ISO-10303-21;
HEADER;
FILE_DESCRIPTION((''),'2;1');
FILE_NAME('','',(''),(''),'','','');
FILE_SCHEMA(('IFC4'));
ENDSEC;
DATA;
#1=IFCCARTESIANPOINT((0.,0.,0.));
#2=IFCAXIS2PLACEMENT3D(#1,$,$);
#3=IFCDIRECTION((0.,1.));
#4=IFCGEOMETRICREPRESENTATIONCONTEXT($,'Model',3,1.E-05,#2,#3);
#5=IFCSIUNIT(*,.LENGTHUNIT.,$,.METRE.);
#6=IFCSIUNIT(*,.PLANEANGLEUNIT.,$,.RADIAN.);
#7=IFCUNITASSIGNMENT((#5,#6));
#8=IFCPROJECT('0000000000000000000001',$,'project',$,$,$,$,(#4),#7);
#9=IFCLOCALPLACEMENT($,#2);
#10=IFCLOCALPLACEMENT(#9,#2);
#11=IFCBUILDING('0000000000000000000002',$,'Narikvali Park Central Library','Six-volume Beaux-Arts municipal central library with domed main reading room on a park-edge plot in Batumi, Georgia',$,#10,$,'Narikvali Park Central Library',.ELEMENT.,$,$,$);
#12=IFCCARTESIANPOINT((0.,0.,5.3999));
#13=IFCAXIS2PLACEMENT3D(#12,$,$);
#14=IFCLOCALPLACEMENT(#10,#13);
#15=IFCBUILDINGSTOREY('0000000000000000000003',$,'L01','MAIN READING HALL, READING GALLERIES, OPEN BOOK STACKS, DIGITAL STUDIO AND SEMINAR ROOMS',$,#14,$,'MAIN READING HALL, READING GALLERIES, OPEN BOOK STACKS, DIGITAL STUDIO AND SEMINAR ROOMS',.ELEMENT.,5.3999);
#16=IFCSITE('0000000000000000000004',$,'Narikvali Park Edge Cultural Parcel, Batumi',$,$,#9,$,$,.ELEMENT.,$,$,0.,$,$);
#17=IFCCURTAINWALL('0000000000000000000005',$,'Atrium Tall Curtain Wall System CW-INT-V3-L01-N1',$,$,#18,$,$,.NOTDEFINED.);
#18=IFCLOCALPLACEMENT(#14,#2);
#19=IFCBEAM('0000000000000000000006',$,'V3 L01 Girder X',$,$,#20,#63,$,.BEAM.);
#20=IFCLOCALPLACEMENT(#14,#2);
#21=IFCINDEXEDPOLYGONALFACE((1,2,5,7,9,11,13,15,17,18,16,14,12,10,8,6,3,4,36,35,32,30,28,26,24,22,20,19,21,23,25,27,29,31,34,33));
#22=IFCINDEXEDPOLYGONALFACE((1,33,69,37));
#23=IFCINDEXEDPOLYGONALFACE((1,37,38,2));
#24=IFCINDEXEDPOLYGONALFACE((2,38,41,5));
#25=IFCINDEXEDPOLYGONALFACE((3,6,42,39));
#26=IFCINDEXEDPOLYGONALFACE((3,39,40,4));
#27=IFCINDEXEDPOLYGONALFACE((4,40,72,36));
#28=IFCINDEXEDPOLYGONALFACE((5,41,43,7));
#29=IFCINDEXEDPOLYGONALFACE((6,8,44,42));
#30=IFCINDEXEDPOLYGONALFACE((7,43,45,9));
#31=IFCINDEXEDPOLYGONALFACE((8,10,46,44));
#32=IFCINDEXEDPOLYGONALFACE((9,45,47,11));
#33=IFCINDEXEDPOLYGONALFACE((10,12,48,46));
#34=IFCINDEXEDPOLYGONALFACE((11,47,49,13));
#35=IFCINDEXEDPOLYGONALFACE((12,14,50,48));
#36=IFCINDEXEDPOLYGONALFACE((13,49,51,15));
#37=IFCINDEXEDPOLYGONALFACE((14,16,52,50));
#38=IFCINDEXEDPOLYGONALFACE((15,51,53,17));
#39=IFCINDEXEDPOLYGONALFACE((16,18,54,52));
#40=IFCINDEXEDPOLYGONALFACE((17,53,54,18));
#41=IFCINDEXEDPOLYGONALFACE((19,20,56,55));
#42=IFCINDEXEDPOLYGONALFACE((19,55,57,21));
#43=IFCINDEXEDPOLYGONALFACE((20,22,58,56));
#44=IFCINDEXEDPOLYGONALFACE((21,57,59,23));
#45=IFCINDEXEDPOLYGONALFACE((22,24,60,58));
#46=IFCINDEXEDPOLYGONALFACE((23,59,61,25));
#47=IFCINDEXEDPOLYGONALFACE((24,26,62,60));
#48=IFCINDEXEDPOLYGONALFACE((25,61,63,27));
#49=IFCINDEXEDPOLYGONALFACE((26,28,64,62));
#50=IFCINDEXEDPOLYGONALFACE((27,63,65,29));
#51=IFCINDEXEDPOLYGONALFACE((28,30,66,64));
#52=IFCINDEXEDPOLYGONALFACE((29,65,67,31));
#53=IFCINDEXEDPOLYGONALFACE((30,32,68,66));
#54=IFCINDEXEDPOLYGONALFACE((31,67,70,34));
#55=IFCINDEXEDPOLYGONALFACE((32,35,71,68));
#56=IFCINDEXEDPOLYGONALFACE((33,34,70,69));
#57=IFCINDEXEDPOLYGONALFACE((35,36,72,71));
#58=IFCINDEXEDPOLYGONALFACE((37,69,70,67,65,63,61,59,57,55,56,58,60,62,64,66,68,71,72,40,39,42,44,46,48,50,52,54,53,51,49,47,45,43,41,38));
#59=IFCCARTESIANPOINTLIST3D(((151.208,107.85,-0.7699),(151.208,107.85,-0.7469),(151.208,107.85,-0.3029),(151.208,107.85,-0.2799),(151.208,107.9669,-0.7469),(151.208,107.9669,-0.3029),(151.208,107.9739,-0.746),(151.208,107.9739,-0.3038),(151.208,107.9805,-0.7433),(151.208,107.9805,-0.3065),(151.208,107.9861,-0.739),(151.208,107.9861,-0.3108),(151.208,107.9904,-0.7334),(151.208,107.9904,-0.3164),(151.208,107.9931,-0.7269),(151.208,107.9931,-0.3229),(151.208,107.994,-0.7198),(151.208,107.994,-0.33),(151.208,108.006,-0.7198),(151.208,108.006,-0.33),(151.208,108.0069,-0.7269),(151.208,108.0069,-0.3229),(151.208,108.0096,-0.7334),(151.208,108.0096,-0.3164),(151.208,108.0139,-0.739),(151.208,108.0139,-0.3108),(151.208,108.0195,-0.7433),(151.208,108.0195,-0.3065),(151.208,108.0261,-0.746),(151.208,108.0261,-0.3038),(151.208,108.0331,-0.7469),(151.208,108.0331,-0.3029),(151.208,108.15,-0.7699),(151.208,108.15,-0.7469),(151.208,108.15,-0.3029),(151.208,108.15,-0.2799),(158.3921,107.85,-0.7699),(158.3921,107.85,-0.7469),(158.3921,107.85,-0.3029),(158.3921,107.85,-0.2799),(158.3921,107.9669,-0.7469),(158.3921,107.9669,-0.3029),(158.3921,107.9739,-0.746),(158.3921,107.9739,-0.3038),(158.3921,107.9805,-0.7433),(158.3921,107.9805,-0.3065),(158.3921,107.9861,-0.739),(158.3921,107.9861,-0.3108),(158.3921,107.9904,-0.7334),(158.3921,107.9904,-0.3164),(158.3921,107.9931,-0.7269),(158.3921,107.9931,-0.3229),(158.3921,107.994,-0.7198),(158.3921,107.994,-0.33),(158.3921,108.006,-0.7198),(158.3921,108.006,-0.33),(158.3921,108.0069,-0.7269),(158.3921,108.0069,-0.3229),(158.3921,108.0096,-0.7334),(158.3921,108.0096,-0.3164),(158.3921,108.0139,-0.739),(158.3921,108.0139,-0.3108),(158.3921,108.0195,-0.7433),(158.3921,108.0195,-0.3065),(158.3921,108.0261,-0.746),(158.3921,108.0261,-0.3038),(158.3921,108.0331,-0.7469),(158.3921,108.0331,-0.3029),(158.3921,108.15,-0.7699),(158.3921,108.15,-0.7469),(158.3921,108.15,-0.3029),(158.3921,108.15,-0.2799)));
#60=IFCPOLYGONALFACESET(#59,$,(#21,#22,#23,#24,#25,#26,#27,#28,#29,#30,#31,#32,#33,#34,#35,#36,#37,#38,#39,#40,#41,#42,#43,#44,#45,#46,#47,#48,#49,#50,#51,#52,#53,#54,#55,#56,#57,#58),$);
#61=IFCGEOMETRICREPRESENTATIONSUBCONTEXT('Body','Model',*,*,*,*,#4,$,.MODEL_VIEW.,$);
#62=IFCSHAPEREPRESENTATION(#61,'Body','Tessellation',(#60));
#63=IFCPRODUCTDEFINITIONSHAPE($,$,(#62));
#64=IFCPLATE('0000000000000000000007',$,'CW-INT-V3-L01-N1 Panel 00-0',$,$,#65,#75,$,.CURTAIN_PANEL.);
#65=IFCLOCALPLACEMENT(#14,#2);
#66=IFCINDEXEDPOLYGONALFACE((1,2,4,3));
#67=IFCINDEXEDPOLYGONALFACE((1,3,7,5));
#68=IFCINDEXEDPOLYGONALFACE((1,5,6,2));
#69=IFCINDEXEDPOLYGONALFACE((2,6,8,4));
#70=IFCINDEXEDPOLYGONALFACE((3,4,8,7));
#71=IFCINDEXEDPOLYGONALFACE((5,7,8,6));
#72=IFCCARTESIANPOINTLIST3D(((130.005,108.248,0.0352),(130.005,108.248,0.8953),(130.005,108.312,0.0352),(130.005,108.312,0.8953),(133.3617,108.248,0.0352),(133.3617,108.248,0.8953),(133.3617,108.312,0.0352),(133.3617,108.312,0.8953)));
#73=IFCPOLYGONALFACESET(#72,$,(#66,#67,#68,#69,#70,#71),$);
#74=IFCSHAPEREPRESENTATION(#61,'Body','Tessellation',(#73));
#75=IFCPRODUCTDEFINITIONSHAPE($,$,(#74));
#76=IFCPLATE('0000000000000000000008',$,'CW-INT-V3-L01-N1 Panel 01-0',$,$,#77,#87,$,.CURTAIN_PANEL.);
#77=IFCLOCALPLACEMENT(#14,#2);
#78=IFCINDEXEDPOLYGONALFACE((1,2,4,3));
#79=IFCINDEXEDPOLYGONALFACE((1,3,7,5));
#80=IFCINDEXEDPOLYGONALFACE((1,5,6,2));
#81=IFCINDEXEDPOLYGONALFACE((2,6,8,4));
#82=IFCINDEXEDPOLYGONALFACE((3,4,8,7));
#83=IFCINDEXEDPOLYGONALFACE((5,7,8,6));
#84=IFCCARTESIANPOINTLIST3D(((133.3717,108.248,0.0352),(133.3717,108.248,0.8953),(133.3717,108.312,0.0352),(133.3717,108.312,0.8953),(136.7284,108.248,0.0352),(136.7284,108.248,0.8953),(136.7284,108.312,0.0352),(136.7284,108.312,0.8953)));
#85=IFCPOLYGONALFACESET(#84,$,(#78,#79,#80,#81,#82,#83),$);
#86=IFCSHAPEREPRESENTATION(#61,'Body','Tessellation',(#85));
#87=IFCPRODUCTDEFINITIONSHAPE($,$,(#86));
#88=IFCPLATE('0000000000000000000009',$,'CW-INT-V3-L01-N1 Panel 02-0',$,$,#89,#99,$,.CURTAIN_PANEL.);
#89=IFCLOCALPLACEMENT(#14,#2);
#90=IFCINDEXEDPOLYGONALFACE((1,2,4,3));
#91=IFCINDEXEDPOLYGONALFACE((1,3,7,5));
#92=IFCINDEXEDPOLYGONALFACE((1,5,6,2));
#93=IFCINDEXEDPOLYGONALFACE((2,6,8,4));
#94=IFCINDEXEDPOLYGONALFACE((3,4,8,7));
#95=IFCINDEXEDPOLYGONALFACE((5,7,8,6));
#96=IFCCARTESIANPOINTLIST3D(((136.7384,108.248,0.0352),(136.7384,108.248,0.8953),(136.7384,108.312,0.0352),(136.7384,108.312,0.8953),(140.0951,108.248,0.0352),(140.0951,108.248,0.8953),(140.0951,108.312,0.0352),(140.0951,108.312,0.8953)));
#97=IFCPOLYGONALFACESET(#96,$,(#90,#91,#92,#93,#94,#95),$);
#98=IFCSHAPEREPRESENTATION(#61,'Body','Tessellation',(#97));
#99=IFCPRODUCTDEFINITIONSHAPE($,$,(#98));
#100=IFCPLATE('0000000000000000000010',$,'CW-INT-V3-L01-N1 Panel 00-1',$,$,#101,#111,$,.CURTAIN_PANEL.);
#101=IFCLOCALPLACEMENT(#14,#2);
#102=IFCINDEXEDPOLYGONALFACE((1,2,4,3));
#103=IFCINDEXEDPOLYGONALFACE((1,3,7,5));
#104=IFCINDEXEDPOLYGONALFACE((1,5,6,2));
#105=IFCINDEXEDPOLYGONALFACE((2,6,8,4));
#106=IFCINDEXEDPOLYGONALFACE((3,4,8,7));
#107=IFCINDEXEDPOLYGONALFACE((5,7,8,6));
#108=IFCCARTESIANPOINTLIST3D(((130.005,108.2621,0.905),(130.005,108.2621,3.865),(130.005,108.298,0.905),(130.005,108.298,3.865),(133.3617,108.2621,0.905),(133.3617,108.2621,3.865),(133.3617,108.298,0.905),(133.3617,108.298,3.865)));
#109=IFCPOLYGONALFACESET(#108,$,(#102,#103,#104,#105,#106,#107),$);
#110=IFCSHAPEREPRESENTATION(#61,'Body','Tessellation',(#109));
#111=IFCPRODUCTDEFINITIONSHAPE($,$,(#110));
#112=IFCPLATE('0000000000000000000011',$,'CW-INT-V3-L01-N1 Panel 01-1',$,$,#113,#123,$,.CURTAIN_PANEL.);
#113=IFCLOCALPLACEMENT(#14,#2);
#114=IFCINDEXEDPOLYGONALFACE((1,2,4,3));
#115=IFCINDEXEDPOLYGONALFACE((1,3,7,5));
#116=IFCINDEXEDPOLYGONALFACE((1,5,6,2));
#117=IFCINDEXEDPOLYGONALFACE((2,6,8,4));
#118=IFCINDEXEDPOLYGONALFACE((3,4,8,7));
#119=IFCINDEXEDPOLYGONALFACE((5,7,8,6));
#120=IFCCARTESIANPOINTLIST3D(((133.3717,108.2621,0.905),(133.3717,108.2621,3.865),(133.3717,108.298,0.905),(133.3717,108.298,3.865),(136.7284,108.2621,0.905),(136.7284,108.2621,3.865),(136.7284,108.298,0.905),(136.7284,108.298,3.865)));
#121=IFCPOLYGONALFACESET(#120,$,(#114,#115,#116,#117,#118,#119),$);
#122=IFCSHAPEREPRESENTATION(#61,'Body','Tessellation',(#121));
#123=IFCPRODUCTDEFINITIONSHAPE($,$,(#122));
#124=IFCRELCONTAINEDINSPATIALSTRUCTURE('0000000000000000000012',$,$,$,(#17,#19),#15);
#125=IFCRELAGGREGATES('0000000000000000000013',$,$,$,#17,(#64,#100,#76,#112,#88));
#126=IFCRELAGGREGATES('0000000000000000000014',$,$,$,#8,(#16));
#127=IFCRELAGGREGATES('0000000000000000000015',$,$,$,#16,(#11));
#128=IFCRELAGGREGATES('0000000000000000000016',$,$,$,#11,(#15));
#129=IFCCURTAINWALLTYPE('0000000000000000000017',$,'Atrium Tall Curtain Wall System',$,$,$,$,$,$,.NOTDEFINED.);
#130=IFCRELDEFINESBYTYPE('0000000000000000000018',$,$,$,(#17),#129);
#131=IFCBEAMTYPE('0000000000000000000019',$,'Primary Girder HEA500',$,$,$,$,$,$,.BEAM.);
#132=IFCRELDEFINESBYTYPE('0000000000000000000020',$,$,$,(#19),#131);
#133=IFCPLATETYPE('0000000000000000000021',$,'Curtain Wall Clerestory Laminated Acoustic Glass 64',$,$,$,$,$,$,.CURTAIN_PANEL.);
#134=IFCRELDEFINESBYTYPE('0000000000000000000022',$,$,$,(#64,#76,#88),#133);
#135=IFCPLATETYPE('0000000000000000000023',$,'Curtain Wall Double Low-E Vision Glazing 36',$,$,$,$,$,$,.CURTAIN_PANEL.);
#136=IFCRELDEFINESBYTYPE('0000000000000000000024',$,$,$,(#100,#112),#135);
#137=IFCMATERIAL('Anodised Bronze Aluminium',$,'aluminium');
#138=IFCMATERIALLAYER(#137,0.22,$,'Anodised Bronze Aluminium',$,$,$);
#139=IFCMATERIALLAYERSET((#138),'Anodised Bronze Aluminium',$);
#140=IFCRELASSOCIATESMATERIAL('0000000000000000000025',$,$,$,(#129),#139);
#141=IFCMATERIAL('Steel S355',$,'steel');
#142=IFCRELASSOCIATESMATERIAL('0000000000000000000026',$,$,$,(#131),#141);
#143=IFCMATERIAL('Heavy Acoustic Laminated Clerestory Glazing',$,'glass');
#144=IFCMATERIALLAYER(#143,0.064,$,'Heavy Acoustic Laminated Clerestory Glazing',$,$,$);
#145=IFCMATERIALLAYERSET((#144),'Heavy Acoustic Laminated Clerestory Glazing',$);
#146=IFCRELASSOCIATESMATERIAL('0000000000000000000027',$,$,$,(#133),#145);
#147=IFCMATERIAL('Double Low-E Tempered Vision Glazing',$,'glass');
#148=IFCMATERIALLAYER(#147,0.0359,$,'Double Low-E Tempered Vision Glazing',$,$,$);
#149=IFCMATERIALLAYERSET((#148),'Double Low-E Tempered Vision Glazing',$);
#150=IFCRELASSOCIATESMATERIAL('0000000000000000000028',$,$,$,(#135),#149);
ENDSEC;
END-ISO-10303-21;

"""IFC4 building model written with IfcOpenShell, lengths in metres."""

from ifc_helpers import new_model, si_unit, direction, frame, origin, origin_2d, place, context, subcontext, project, spatial, rectangle, i_section, extrude, material, layer, layer_set, material_profile, profile_set, type_object, element, aggregate, save


model = new_model("IFC4")

# Units and contexts
model_context = context("Model", 3, precision=1e-05, world=origin(), true_north=direction((0.0, 1.0)))
body_context = subcontext(model_context, "Body", "Model", "MODEL_VIEW")
ifc_project = project(units=[si_unit("LENGTHUNIT", "METRE"), si_unit("PLANEANGLEUNIT", "RADIAN")], contexts=[model_context])

# Site, building, storey
site_placement = place(None, origin())
site = spatial("IfcSite", under=ifc_project, at=site_placement, Name="Narikvali Park Edge Cultural Parcel, Batumi", CompositionType="ELEMENT", RefElevation=0.0)
building_placement = place(site_placement, origin())
building = spatial("IfcBuilding", under=site, at=building_placement, Name="Narikvali Park Central Library", Description="Six-volume Beaux-Arts municipal central library with domed main reading room on a park-edge plot in Batumi, Georgia", LongName="Narikvali Park Central Library", CompositionType="ELEMENT")
storey_placement = place(building_placement, frame((0.0, 0.0, 5.3999)))
storey = spatial("IfcBuildingStorey", under=building, at=storey_placement, Name="L01", Description="MAIN READING HALL, READING GALLERIES, OPEN BOOK STACKS, DIGITAL STUDIO AND SEMINAR ROOMS", LongName="MAIN READING HALL, READING GALLERIES, OPEN BOOK STACKS, DIGITAL STUDIO AND SEMINAR ROOMS", CompositionType="ELEMENT", Elevation=5.3999)

# Shared definitions
ifc_material_1 = material(Name="Steel S355", Category="steel")

# Curtain wall
ifc_material_2 = material(Name="Anodised Bronze Aluminium", Category="aluminium")
ifc_layer_1 = layer(ifc_material_2, 0.22, Name="Anodised Bronze Aluminium")
ifc_layer_set_1 = layer_set([ifc_layer_1], Name="Anodised Bronze Aluminium")
curtain_wall_type = type_object("IfcCurtainWallType", Name="Atrium Tall Curtain Wall System", PredefinedType="NOTDEFINED", material=ifc_layer_set_1)
curtain_wall_1_placement = place(storey_placement, origin())
curtain_wall_1 = element("IfcCurtainWall", 1, at=curtain_wall_1_placement, inside=storey, type_object=curtain_wall_type, Name="Atrium Tall Curtain Wall System CW-INT-V3-L01-N1", PredefinedType="NOTDEFINED")

# Beam
ifc_material_profile_1 = material_profile(ifc_material_1, i_section(OverallWidth=0.3, OverallDepth=0.49, WebThickness=0.012, FlangeThickness=0.0229, FilletRadius=0.0271, at=origin_2d()), Name="HEA 500")
ifc_profile_set_1 = profile_set([ifc_material_profile_1], Name="Steel S355")
beam_type_1 = type_object("IfcBeamType", Name="Primary Girder HEA500", PredefinedType="BEAM", material=ifc_profile_set_1)
for number, where, z_axis, x_axis, name in (
    (2, (151.208, 108.0, -0.5249), (1.0, 0.0, 0.0), (0.0, 1.0, 0.0), "V3 L01 Girder X"),
):
    element("IfcBeam", number, at=place(storey_placement, frame(where, z_axis=z_axis, x_axis=x_axis)), inside=storey, type_object=beam_type_1, Name=name, PredefinedType="BEAM", context=body_context, shape_type="SweptSolid", body=[
        extrude(i_section(OverallWidth=0.3, OverallDepth=0.49, WebThickness=0.012, FlangeThickness=0.0229, FilletRadius=0.0271, at=origin_2d()), origin(), (0.0, 0.0, 1.0), 7.1841),
    ])

# Plates
ifc_material_3 = material(Name="Heavy Acoustic Laminated Clerestory Glazing", Category="glass")
ifc_layer_2 = layer(ifc_material_3, 0.064, Name="Heavy Acoustic Laminated Clerestory Glazing")
ifc_layer_set_2 = layer_set([ifc_layer_2], Name="Heavy Acoustic Laminated Clerestory Glazing")
plate_type_1 = type_object("IfcPlateType", Name="Curtain Wall Clerestory Laminated Acoustic Glass 64", PredefinedType="CURTAIN_PANEL", material=ifc_layer_set_2)
plate_1_placement = place(storey_placement, frame((131.6833, 108.28, 0.0352), z_axis=(0.0, 0.0, 1.0), x_axis=(1.0, 0.0, 0.0)))
plate_1 = element("IfcPlate", 3, at=plate_1_placement, type_object=plate_type_1, Name="CW-INT-V3-L01-N1 Panel 00-0", PredefinedType="CURTAIN_PANEL", context=body_context, shape_type="SweptSolid", body=[
    extrude(rectangle(XDim=3.3567, YDim=0.064, at=origin_2d()), origin(), (0.0, 0.0, 1.0), 0.8601),
])
plate_2_placement = place(storey_placement, frame((135.05, 108.28, 0.0352), z_axis=(0.0, 0.0, 1.0), x_axis=(1.0, 0.0, 0.0)))
plate_2 = element("IfcPlate", 4, at=plate_2_placement, type_object=plate_type_1, Name="CW-INT-V3-L01-N1 Panel 01-0", PredefinedType="CURTAIN_PANEL", context=body_context, shape_type="SweptSolid", body=[
    extrude(rectangle(XDim=3.3567, YDim=0.064, at=origin_2d()), origin(), (0.0, 0.0, 1.0), 0.8601),
])
plate_3_placement = place(storey_placement, frame((138.4167, 108.28, 0.0352), z_axis=(0.0, 0.0, 1.0), x_axis=(1.0, 0.0, 0.0)))
plate_3 = element("IfcPlate", 5, at=plate_3_placement, type_object=plate_type_1, Name="CW-INT-V3-L01-N1 Panel 02-0", PredefinedType="CURTAIN_PANEL", context=body_context, shape_type="SweptSolid", body=[
    extrude(rectangle(XDim=3.3567, YDim=0.064, at=origin_2d()), origin(), (0.0, 0.0, 1.0), 0.8601),
])
ifc_material_4 = material(Name="Double Low-E Tempered Vision Glazing", Category="glass")
ifc_layer_3 = layer(ifc_material_4, 0.0359, Name="Double Low-E Tempered Vision Glazing")
ifc_layer_set_3 = layer_set([ifc_layer_3], Name="Double Low-E Tempered Vision Glazing")
plate_type_2 = type_object("IfcPlateType", Name="Curtain Wall Double Low-E Vision Glazing 36", PredefinedType="CURTAIN_PANEL", material=ifc_layer_set_3)
plate_4_placement = place(storey_placement, frame((131.6833, 108.28, 0.905), z_axis=(0.0, 0.0, 1.0), x_axis=(1.0, 0.0, 0.0)))
plate_4 = element("IfcPlate", 6, at=plate_4_placement, type_object=plate_type_2, Name="CW-INT-V3-L01-N1 Panel 00-1", PredefinedType="CURTAIN_PANEL", context=body_context, shape_type="SweptSolid", body=[
    extrude(rectangle(XDim=3.3567, YDim=0.0359, at=origin_2d()), origin(), (0.0, 0.0, 1.0), 2.96),
])
plate_5_placement = place(storey_placement, frame((135.05, 108.28, 0.905), z_axis=(0.0, 0.0, 1.0), x_axis=(1.0, 0.0, 0.0)))
plate_5 = element("IfcPlate", 7, at=plate_5_placement, type_object=plate_type_2, Name="CW-INT-V3-L01-N1 Panel 01-1", PredefinedType="CURTAIN_PANEL", context=body_context, shape_type="SweptSolid", body=[
    extrude(rectangle(XDim=3.3567, YDim=0.0359, at=origin_2d()), origin(), (0.0, 0.0, 1.0), 2.96),
])
aggregate(curtain_wall_1, [plate_1, plate_4, plate_2, plate_5, plate_3])

save(model, "model.ifc")
